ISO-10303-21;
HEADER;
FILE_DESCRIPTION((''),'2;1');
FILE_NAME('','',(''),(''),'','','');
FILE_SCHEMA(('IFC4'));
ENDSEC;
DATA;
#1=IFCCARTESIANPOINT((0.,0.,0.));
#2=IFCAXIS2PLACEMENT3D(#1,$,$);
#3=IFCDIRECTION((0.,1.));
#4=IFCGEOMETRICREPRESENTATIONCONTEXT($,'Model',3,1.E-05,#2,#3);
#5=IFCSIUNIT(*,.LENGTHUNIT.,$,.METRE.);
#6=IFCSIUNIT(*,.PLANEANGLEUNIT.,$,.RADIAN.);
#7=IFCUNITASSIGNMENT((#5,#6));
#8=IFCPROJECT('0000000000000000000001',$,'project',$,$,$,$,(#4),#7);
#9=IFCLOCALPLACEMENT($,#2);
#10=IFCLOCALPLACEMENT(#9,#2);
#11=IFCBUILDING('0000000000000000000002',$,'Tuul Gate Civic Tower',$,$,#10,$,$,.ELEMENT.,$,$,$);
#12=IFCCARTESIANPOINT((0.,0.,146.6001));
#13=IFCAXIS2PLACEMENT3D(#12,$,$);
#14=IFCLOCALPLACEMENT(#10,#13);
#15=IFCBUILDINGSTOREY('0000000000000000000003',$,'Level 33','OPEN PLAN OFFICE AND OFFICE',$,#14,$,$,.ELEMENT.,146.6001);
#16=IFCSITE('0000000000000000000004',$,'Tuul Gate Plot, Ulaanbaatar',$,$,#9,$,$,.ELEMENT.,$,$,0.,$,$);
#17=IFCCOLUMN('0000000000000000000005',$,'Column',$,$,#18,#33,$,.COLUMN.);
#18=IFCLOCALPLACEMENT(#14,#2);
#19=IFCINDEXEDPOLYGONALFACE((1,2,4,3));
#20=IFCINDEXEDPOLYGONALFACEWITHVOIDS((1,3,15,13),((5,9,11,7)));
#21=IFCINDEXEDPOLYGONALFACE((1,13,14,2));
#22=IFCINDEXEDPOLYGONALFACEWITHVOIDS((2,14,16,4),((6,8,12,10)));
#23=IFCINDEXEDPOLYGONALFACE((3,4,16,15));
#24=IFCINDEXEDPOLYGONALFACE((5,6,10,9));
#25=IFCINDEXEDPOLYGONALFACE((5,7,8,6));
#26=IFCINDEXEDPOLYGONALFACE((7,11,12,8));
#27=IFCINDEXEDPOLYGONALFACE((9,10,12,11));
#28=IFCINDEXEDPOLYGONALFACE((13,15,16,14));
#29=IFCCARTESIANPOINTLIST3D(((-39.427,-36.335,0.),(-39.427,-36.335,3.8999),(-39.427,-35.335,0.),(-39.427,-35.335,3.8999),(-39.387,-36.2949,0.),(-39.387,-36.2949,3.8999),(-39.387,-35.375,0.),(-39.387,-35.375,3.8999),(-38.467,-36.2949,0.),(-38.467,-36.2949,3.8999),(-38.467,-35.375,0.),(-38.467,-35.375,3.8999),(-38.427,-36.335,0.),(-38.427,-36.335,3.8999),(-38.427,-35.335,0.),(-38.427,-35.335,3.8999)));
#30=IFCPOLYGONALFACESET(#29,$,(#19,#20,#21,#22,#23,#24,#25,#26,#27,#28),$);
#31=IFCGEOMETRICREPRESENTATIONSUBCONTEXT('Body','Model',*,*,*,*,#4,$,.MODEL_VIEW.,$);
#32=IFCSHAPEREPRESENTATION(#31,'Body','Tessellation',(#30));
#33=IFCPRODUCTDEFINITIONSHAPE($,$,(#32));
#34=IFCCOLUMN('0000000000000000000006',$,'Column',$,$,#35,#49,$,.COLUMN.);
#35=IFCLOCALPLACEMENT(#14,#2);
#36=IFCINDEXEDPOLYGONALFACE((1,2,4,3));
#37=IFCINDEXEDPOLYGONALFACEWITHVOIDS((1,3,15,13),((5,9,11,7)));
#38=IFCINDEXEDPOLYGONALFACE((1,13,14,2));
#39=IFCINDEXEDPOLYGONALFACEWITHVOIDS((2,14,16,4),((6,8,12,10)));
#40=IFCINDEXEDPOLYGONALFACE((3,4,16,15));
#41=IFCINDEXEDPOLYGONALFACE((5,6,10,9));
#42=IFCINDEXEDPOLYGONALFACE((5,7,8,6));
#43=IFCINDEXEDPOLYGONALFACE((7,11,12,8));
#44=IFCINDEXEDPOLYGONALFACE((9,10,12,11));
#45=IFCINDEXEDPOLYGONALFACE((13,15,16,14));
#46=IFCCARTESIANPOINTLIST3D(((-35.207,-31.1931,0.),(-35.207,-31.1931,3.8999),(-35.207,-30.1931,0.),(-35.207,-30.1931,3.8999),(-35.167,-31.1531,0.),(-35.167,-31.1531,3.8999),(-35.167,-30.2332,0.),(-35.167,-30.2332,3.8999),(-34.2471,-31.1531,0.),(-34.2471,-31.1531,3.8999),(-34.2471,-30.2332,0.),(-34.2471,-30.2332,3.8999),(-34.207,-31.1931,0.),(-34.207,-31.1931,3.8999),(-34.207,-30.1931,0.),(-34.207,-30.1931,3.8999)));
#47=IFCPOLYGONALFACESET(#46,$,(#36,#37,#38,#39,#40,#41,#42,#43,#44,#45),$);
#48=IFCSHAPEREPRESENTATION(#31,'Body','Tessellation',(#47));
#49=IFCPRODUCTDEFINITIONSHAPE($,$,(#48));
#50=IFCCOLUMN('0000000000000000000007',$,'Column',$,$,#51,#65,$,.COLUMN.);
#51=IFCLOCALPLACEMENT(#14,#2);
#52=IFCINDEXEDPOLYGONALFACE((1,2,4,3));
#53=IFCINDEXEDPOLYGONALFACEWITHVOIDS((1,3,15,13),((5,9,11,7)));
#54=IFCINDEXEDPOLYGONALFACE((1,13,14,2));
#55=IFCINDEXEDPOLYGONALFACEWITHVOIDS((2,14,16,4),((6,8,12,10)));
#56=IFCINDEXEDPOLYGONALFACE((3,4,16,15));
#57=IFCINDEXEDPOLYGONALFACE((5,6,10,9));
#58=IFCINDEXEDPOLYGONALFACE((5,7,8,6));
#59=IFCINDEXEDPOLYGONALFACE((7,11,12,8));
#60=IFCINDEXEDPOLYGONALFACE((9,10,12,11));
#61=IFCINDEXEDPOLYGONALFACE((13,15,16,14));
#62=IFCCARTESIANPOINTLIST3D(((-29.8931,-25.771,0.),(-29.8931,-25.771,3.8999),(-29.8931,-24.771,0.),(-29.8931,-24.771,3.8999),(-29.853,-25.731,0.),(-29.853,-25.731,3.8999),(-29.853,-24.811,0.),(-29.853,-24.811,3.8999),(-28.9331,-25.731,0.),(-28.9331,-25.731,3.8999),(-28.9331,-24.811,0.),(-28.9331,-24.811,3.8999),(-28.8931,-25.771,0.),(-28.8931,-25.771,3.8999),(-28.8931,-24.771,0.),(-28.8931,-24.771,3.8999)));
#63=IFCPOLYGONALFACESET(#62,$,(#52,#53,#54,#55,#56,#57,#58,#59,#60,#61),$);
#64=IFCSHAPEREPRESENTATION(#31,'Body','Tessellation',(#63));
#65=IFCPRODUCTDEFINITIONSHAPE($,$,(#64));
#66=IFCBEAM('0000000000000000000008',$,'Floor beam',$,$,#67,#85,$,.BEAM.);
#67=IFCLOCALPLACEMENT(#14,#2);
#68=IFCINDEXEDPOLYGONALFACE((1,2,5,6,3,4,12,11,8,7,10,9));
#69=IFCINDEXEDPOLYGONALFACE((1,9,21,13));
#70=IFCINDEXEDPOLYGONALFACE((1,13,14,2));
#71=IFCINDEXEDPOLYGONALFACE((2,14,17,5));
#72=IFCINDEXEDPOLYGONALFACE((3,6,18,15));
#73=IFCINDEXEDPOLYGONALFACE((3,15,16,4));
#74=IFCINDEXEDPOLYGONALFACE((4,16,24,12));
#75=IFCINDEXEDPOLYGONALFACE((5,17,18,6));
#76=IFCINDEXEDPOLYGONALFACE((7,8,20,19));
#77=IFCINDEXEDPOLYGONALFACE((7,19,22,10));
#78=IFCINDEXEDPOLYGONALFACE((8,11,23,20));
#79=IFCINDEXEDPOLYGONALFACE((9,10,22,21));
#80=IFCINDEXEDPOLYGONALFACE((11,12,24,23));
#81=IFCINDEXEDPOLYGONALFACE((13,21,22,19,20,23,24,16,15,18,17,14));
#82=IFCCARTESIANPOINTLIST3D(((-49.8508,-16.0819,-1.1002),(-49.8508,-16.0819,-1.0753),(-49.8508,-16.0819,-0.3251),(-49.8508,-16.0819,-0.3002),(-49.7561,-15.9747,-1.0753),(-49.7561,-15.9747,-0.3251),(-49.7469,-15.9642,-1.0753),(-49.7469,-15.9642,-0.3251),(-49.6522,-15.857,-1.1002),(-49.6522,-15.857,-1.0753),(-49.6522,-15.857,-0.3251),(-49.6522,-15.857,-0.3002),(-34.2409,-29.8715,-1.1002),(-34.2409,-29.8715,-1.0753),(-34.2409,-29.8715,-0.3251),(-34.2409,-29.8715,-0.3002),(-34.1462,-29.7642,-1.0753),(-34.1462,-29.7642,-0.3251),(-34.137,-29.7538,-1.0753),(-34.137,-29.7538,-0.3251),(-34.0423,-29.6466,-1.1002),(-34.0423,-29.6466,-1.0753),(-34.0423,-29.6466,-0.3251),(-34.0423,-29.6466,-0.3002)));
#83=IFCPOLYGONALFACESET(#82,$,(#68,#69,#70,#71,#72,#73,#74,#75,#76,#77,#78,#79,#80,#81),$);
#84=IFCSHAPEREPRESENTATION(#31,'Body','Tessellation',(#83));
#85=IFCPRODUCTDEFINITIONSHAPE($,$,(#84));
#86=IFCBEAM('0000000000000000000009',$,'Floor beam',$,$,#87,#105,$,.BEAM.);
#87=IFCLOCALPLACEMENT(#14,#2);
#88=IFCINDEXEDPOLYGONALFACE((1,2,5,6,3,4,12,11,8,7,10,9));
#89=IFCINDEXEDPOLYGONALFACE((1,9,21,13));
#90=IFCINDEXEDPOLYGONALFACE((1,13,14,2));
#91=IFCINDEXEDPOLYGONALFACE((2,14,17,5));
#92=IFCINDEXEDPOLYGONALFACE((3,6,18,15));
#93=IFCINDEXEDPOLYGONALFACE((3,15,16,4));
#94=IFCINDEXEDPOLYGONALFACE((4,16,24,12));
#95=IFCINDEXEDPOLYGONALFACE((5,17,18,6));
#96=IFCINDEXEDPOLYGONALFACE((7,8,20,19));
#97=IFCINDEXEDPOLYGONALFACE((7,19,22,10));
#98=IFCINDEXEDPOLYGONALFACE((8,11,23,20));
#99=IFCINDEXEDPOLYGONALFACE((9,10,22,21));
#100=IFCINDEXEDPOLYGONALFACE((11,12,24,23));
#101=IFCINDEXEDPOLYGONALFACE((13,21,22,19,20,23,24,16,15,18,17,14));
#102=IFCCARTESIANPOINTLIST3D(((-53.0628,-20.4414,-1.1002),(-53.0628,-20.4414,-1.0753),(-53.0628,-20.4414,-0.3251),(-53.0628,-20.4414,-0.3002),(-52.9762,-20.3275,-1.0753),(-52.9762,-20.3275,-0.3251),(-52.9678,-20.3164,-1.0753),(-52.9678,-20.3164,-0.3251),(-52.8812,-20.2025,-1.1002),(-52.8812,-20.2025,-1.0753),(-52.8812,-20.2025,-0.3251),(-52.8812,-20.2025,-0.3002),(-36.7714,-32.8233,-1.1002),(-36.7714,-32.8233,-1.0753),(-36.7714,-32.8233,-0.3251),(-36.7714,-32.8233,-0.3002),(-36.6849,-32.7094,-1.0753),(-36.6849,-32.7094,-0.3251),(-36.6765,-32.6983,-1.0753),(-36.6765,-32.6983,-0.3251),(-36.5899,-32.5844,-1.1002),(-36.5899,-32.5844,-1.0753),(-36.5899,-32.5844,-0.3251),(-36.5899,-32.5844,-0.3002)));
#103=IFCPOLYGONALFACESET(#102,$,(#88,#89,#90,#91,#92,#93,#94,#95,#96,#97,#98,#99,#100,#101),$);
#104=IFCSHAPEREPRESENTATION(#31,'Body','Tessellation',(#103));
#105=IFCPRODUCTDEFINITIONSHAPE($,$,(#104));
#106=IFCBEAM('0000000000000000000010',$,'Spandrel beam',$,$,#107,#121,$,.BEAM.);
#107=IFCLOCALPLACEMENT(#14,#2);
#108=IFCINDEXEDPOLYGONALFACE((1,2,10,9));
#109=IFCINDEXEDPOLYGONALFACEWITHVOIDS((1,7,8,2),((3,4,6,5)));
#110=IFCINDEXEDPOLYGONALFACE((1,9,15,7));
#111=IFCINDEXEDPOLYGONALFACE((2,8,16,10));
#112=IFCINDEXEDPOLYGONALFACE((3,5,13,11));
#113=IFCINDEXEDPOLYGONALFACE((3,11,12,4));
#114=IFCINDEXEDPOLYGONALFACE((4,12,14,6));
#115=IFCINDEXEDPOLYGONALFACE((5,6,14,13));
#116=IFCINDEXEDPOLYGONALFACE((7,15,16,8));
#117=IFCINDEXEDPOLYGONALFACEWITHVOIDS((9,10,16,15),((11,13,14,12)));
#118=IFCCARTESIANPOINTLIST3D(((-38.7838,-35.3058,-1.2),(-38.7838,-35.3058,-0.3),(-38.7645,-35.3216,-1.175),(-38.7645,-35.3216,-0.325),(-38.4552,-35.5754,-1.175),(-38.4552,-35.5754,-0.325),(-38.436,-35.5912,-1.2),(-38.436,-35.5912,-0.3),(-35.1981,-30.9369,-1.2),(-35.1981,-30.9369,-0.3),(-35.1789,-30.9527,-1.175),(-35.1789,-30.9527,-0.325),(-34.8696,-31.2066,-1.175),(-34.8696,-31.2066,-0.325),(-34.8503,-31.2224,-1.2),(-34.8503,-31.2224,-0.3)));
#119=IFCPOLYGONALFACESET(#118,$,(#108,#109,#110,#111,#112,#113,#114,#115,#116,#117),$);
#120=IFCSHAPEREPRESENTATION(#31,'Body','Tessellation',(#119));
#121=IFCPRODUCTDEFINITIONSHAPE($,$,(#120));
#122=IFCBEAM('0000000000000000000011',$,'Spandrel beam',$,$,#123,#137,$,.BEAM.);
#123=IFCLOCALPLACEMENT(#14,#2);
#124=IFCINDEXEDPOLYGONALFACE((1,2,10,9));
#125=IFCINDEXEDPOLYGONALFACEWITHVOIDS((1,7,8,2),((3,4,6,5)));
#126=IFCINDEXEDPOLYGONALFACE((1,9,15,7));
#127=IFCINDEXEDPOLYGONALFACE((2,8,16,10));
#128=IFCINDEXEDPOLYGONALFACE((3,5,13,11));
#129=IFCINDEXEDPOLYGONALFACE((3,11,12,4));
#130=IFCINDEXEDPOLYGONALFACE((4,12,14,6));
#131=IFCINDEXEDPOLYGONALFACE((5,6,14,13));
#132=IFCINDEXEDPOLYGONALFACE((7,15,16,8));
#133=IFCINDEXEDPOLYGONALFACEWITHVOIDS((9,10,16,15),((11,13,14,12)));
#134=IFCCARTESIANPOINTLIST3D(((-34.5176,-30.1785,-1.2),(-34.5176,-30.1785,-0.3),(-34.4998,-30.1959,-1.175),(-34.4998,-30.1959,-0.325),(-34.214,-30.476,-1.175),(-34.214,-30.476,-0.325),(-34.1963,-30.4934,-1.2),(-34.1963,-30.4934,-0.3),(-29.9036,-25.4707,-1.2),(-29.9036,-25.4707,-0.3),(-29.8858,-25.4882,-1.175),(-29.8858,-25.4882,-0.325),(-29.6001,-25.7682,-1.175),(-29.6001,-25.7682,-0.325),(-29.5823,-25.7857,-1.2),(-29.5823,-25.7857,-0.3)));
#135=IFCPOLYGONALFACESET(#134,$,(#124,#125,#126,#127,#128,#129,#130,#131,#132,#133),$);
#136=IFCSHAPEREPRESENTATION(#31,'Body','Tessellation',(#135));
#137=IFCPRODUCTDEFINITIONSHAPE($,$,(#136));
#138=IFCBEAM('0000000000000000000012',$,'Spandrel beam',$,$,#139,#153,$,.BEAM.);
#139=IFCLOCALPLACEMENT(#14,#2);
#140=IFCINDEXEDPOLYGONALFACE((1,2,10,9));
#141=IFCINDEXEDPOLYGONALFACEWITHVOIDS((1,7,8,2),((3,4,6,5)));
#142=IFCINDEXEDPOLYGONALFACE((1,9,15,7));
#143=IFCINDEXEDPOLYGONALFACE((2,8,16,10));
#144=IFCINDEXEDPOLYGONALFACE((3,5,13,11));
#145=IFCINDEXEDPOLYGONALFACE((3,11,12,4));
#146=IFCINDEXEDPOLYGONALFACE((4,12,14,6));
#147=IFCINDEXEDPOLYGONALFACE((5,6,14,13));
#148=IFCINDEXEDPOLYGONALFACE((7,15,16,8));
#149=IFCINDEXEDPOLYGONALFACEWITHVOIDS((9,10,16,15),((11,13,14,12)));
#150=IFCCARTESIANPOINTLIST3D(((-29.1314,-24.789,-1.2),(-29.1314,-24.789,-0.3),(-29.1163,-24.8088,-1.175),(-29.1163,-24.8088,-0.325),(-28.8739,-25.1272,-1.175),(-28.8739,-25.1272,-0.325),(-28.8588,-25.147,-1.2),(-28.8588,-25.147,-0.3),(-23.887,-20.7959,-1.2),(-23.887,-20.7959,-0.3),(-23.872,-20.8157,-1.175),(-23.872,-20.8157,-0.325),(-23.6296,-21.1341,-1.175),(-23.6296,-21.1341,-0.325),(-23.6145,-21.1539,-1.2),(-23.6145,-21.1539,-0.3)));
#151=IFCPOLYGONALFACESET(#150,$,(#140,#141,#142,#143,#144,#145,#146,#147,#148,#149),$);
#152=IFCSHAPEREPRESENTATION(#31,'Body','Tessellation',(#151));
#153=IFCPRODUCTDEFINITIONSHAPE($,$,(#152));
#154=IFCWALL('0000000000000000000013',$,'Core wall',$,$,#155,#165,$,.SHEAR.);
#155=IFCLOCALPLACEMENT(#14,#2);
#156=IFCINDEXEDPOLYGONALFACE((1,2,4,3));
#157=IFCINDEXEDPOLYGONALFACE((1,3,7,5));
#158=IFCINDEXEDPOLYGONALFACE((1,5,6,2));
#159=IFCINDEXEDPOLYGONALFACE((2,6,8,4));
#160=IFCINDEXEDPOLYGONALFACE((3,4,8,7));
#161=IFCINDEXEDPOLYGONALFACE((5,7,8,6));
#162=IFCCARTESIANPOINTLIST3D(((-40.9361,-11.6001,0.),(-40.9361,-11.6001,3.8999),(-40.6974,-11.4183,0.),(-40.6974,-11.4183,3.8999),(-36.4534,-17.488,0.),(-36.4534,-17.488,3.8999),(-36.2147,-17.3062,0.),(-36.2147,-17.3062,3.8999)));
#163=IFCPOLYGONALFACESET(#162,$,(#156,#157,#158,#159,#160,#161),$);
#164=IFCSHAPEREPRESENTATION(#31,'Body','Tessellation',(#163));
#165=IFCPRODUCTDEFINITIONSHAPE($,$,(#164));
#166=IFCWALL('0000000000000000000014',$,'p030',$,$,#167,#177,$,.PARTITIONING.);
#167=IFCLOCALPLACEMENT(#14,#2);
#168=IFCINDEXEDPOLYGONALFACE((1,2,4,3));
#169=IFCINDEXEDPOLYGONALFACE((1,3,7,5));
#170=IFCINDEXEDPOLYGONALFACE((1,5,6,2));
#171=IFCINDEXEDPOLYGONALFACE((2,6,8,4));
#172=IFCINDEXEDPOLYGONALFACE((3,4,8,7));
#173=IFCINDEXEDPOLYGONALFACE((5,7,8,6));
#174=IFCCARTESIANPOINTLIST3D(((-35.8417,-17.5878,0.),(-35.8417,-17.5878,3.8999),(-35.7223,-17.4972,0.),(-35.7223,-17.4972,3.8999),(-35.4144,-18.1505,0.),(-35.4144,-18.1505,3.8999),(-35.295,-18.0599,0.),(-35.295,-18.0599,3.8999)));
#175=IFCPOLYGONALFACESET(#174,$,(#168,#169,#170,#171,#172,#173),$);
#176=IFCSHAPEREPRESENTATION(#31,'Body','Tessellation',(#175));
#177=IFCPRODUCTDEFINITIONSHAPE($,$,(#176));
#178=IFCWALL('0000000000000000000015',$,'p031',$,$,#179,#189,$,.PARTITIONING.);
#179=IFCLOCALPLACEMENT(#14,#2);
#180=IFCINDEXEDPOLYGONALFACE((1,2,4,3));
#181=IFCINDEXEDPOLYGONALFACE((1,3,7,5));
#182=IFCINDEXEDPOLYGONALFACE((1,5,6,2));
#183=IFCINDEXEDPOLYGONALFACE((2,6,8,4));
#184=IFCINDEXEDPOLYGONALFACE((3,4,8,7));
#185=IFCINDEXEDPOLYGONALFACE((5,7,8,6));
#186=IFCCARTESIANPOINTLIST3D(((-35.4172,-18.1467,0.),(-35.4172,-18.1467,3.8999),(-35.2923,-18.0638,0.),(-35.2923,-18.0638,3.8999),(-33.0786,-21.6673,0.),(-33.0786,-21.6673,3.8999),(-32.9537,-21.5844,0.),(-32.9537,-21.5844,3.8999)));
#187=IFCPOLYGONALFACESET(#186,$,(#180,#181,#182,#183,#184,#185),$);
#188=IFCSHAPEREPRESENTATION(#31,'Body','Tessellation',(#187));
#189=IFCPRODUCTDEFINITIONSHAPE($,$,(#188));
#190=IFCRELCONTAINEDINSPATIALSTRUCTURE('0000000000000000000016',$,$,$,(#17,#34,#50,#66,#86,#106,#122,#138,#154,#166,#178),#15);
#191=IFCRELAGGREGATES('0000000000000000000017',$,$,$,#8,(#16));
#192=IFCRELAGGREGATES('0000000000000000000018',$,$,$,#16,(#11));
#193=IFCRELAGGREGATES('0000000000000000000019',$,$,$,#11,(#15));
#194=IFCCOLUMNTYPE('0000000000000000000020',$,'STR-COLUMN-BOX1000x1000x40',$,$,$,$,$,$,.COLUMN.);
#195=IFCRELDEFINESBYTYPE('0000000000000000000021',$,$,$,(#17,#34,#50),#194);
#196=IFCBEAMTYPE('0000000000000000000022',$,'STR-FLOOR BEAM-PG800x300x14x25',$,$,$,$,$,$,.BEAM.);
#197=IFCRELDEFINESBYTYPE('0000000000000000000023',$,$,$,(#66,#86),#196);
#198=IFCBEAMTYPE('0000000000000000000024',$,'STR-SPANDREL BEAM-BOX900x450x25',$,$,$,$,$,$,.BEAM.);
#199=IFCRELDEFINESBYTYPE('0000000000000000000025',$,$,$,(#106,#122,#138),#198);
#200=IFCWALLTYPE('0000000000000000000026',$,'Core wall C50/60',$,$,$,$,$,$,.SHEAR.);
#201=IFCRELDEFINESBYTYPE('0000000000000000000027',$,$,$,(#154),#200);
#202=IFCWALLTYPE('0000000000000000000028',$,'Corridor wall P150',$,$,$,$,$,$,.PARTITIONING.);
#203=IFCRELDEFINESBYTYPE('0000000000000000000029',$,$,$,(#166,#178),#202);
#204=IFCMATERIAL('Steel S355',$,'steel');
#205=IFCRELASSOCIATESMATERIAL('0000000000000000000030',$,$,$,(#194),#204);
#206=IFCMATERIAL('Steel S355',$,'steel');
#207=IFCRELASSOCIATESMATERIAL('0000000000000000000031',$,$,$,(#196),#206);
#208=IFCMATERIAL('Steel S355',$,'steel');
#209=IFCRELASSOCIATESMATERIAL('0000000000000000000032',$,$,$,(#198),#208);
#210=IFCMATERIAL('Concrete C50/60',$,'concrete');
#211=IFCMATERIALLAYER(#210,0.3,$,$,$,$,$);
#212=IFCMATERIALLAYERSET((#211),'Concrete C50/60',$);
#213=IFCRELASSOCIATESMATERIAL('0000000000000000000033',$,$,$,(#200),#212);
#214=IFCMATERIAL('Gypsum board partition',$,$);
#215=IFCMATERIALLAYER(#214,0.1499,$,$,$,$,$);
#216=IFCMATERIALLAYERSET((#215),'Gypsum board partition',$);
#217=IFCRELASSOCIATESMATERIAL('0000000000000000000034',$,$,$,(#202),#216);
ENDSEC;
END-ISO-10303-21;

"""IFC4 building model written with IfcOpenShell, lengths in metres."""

from ifc_helpers import new_model, si_unit, direction, frame, frame_2d, origin, origin_2d, place, context, subcontext, project, spatial, rectangle, hollow_rectangle, i_section, extrude, material, layer, layer_set, material_profile, profile_set, type_object, element, save


model = new_model("IFC4")

# Units and contexts
model_context = context("Model", 3, precision=1e-05, world=origin(), true_north=direction((0.0, 1.0)))
body_context = subcontext(model_context, "Body", "Model", "MODEL_VIEW")
ifc_project = project(units=[si_unit("LENGTHUNIT", "METRE"), si_unit("PLANEANGLEUNIT", "RADIAN")], contexts=[model_context])

# Site, building, storey
site_placement = place(None, origin())
site = spatial("IfcSite", under=ifc_project, at=site_placement, Name="Tuul Gate Plot, Ulaanbaatar", CompositionType="ELEMENT", RefElevation=0.0)
building_placement = place(site_placement, origin())
building = spatial("IfcBuilding", under=site, at=building_placement, Name="Tuul Gate Civic Tower", CompositionType="ELEMENT")
storey_placement = place(building_placement, frame((0.0, 0.0, 146.6001)))
storey = spatial("IfcBuildingStorey", under=building, at=storey_placement, Name="Level 33", Description="OPEN PLAN OFFICE AND OFFICE", CompositionType="ELEMENT", Elevation=146.6001)

# Columns
ifc_material_1 = material(Name="Steel S355", Category="steel")
ifc_material_profile_1 = material_profile(ifc_material_1, hollow_rectangle(XDim=1.0, YDim=1.0, WallThickness=0.04, at=origin_2d()), Name="BOX1000x1000x40")
ifc_profile_set_1 = profile_set([ifc_material_profile_1], Name="Steel S355")
column_type = type_object("IfcColumnType", Name="STR-COLUMN-BOX1000x1000x40", PredefinedType="COLUMN", material=ifc_profile_set_1)
for number, where, z_axis, x_axis, name in (
    (1, (-38.927, -35.835, 0.0), (0.0, 0.0, 1.0), (1.0, 0.0, 0.0), "Column"),
    (2, (-34.707, -30.6931, 0.0), (0.0, 0.0, 1.0), (1.0, 0.0, 0.0), "Column"),
    (3, (-29.3931, -25.271, 0.0), (0.0, 0.0, 1.0), (1.0, 0.0, 0.0), "Column"),
):
    element("IfcColumn", number, at=place(storey_placement, frame(where, z_axis=z_axis, x_axis=x_axis)), inside=storey, type_object=column_type, Name=name, PredefinedType="COLUMN", context=body_context, shape_type="SweptSolid", body=[
        extrude(hollow_rectangle(XDim=1.0, YDim=1.0, WallThickness=0.04, at=origin_2d()), origin(), (0.0, 0.0, 1.0), 3.8999),
    ])

# Beams
ifc_material_2 = material(Name="Steel S355", Category="steel")
ifc_material_profile_2 = material_profile(ifc_material_2, i_section(OverallWidth=0.3, OverallDepth=0.8, WebThickness=0.0139, FlangeThickness=0.0249, at=origin_2d()), Name="PG800x300x14x25")
ifc_profile_set_2 = profile_set([ifc_material_profile_2], Name="Steel S355")
beam_type_1 = type_object("IfcBeamType", Name="STR-FLOOR BEAM-PG800x300x14x25", PredefinedType="BEAM", material=ifc_profile_set_2)
beam_1_placement = place(storey_placement, frame((-34.1416, -29.759, -0.7002), z_axis=(-0.749453, 0.662057, 0.0), x_axis=(-0.662057, -0.749453, 0.0)))
element("IfcBeam", 4, at=beam_1_placement, inside=storey, type_object=beam_type_1, Name="Floor beam", PredefinedType="BEAM", context=body_context, shape_type="SweptSolid", body=[
    extrude(i_section(OverallWidth=0.3, OverallDepth=0.8, WebThickness=0.0139, FlangeThickness=0.0249, at=origin_2d()), origin(), (0.0, 0.0, 1.0), 20.8284),
])
beam_2_placement = place(storey_placement, frame((-36.6807, -32.7039, -0.7002), z_axis=(-0.796151, 0.605098, 0.0), x_axis=(-0.605098, -0.796151, 0.0)))
element("IfcBeam", 5, at=beam_2_placement, inside=storey, type_object=beam_type_1, Name="Floor beam", PredefinedType="BEAM", context=body_context, shape_type="SweptSolid", body=[
    extrude(i_section(OverallWidth=0.3, OverallDepth=0.8, WebThickness=0.0139, FlangeThickness=0.0249, at=origin_2d()), origin(), (0.0, 0.0, 1.0), 20.4626),
])
ifc_material_3 = material(Name="Steel S355", Category="steel")
ifc_material_profile_3 = material_profile(ifc_material_3, hollow_rectangle(XDim=0.45, YDim=0.8999, WallThickness=0.0249, at=origin_2d()), Name="BOX900x450x25")
ifc_profile_set_3 = profile_set([ifc_material_profile_3], Name="Steel S355")
beam_type_2 = type_object("IfcBeamType", Name="STR-SPANDREL BEAM-BOX900x450x25", PredefinedType="BEAM", material=ifc_profile_set_3)
beam_3_placement = place(storey_placement, frame((-38.6099, -35.4485, -0.75), z_axis=(0.634418, 0.77299, 0.0), x_axis=(-0.77299, 0.634418, 0.0)))
element("IfcBeam", 6, at=beam_3_placement, inside=storey, type_object=beam_type_2, Name="Spandrel beam", PredefinedType="BEAM", context=body_context, shape_type="SweptSolid", body=[
    extrude(hollow_rectangle(XDim=0.45, YDim=0.8999, WallThickness=0.0249, at=origin_2d()), origin(), (0.0, 0.0, 1.0), 5.6519),
])
beam_4_placement = place(storey_placement, frame((-34.3569, -30.3359, -0.75), z_axis=(0.69996, 0.714182, 0.0), x_axis=(-0.714182, 0.69996, 0.0)))
element("IfcBeam", 7, at=beam_4_placement, inside=storey, type_object=beam_type_2, Name="Spandrel beam", PredefinedType="BEAM", context=body_context, shape_type="SweptSolid", body=[
    extrude(hollow_rectangle(XDim=0.45, YDim=0.8999, WallThickness=0.0249, at=origin_2d()), origin(), (0.0, 0.0, 1.0), 6.5918),
])
beam_5_placement = place(storey_placement, frame((-28.9951, -24.968, -0.75), z_axis=(0.795619, 0.605798, 0.0), x_axis=(-0.605798, 0.795619, 0.0)))
element("IfcBeam", 8, at=beam_5_placement, inside=storey, type_object=beam_type_2, Name="Spandrel beam", PredefinedType="BEAM", context=body_context, shape_type="SweptSolid", body=[
    extrude(hollow_rectangle(XDim=0.45, YDim=0.8999, WallThickness=0.0249, at=origin_2d()), origin(), (0.0, 0.0, 1.0), 6.5916),
])

# Walls
ifc_material_4 = material(Name="Concrete C50/60", Category="concrete")
ifc_layer_1 = layer(ifc_material_4, 0.3)
ifc_layer_set_1 = layer_set([ifc_layer_1], Name="Concrete C50/60")
wall_type_1 = type_object("IfcWallType", Name="Core wall C50/60", PredefinedType="SHEAR", material=ifc_layer_set_1)
wall_1_placement = place(storey_placement, frame((-36.334, -17.3972, 0.0), z_axis=(0.0, 0.0, 1.0), x_axis=(-0.605754, 0.795652, 0.0)))
element("IfcWall", 9, at=wall_1_placement, inside=storey, type_object=wall_type_1, Name="Core wall", PredefinedType="SHEAR", context=body_context, shape_type="SweptSolid", body=[
    extrude(rectangle(XDim=7.4001, YDim=0.3, at=frame_2d((3.7002, 0.0))), origin(), (0.0, 0.0, 1.0), 3.8999),
])
ifc_material_5 = material(Name="Gypsum board partition")
ifc_layer_2 = layer(ifc_material_5, 0.1499)
ifc_layer_set_2 = layer_set([ifc_layer_2], Name="Gypsum board partition")
wall_type_2 = type_object("IfcWallType", Name="Corridor wall P150", PredefinedType="PARTITIONING", material=ifc_layer_set_2)
wall_2_placement = place(storey_placement, frame((-35.782, -17.5425, 0.0), z_axis=(0.0, 0.0, 1.0), x_axis=(0.604689, -0.796462, 0.0)))
element("IfcWall", 10, at=wall_2_placement, inside=storey, type_object=wall_type_2, Name="p030", PredefinedType="PARTITIONING", context=body_context, shape_type="SweptSolid", body=[
    extrude(rectangle(XDim=0.7065, YDim=0.1499, at=frame_2d((0.3533, 0.0))), origin(), (0.0, 0.0, 1.0), 3.8999),
])
wall_3_placement = place(storey_placement, frame((-35.3547, -18.1052, 0.0), z_axis=(0.0, 0.0, 1.0), x_axis=(0.5533, -0.832982, 0.0)))
element("IfcWall", 11, at=wall_3_placement, inside=storey, type_object=wall_type_2, Name="p031", PredefinedType="PARTITIONING", context=body_context, shape_type="SweptSolid", body=[
    extrude(rectangle(XDim=4.2266, YDim=0.1499, at=frame_2d((2.1133, 0.0))), origin(), (0.0, 0.0, 1.0), 3.8999),
])

save(model, "model.ifc")
